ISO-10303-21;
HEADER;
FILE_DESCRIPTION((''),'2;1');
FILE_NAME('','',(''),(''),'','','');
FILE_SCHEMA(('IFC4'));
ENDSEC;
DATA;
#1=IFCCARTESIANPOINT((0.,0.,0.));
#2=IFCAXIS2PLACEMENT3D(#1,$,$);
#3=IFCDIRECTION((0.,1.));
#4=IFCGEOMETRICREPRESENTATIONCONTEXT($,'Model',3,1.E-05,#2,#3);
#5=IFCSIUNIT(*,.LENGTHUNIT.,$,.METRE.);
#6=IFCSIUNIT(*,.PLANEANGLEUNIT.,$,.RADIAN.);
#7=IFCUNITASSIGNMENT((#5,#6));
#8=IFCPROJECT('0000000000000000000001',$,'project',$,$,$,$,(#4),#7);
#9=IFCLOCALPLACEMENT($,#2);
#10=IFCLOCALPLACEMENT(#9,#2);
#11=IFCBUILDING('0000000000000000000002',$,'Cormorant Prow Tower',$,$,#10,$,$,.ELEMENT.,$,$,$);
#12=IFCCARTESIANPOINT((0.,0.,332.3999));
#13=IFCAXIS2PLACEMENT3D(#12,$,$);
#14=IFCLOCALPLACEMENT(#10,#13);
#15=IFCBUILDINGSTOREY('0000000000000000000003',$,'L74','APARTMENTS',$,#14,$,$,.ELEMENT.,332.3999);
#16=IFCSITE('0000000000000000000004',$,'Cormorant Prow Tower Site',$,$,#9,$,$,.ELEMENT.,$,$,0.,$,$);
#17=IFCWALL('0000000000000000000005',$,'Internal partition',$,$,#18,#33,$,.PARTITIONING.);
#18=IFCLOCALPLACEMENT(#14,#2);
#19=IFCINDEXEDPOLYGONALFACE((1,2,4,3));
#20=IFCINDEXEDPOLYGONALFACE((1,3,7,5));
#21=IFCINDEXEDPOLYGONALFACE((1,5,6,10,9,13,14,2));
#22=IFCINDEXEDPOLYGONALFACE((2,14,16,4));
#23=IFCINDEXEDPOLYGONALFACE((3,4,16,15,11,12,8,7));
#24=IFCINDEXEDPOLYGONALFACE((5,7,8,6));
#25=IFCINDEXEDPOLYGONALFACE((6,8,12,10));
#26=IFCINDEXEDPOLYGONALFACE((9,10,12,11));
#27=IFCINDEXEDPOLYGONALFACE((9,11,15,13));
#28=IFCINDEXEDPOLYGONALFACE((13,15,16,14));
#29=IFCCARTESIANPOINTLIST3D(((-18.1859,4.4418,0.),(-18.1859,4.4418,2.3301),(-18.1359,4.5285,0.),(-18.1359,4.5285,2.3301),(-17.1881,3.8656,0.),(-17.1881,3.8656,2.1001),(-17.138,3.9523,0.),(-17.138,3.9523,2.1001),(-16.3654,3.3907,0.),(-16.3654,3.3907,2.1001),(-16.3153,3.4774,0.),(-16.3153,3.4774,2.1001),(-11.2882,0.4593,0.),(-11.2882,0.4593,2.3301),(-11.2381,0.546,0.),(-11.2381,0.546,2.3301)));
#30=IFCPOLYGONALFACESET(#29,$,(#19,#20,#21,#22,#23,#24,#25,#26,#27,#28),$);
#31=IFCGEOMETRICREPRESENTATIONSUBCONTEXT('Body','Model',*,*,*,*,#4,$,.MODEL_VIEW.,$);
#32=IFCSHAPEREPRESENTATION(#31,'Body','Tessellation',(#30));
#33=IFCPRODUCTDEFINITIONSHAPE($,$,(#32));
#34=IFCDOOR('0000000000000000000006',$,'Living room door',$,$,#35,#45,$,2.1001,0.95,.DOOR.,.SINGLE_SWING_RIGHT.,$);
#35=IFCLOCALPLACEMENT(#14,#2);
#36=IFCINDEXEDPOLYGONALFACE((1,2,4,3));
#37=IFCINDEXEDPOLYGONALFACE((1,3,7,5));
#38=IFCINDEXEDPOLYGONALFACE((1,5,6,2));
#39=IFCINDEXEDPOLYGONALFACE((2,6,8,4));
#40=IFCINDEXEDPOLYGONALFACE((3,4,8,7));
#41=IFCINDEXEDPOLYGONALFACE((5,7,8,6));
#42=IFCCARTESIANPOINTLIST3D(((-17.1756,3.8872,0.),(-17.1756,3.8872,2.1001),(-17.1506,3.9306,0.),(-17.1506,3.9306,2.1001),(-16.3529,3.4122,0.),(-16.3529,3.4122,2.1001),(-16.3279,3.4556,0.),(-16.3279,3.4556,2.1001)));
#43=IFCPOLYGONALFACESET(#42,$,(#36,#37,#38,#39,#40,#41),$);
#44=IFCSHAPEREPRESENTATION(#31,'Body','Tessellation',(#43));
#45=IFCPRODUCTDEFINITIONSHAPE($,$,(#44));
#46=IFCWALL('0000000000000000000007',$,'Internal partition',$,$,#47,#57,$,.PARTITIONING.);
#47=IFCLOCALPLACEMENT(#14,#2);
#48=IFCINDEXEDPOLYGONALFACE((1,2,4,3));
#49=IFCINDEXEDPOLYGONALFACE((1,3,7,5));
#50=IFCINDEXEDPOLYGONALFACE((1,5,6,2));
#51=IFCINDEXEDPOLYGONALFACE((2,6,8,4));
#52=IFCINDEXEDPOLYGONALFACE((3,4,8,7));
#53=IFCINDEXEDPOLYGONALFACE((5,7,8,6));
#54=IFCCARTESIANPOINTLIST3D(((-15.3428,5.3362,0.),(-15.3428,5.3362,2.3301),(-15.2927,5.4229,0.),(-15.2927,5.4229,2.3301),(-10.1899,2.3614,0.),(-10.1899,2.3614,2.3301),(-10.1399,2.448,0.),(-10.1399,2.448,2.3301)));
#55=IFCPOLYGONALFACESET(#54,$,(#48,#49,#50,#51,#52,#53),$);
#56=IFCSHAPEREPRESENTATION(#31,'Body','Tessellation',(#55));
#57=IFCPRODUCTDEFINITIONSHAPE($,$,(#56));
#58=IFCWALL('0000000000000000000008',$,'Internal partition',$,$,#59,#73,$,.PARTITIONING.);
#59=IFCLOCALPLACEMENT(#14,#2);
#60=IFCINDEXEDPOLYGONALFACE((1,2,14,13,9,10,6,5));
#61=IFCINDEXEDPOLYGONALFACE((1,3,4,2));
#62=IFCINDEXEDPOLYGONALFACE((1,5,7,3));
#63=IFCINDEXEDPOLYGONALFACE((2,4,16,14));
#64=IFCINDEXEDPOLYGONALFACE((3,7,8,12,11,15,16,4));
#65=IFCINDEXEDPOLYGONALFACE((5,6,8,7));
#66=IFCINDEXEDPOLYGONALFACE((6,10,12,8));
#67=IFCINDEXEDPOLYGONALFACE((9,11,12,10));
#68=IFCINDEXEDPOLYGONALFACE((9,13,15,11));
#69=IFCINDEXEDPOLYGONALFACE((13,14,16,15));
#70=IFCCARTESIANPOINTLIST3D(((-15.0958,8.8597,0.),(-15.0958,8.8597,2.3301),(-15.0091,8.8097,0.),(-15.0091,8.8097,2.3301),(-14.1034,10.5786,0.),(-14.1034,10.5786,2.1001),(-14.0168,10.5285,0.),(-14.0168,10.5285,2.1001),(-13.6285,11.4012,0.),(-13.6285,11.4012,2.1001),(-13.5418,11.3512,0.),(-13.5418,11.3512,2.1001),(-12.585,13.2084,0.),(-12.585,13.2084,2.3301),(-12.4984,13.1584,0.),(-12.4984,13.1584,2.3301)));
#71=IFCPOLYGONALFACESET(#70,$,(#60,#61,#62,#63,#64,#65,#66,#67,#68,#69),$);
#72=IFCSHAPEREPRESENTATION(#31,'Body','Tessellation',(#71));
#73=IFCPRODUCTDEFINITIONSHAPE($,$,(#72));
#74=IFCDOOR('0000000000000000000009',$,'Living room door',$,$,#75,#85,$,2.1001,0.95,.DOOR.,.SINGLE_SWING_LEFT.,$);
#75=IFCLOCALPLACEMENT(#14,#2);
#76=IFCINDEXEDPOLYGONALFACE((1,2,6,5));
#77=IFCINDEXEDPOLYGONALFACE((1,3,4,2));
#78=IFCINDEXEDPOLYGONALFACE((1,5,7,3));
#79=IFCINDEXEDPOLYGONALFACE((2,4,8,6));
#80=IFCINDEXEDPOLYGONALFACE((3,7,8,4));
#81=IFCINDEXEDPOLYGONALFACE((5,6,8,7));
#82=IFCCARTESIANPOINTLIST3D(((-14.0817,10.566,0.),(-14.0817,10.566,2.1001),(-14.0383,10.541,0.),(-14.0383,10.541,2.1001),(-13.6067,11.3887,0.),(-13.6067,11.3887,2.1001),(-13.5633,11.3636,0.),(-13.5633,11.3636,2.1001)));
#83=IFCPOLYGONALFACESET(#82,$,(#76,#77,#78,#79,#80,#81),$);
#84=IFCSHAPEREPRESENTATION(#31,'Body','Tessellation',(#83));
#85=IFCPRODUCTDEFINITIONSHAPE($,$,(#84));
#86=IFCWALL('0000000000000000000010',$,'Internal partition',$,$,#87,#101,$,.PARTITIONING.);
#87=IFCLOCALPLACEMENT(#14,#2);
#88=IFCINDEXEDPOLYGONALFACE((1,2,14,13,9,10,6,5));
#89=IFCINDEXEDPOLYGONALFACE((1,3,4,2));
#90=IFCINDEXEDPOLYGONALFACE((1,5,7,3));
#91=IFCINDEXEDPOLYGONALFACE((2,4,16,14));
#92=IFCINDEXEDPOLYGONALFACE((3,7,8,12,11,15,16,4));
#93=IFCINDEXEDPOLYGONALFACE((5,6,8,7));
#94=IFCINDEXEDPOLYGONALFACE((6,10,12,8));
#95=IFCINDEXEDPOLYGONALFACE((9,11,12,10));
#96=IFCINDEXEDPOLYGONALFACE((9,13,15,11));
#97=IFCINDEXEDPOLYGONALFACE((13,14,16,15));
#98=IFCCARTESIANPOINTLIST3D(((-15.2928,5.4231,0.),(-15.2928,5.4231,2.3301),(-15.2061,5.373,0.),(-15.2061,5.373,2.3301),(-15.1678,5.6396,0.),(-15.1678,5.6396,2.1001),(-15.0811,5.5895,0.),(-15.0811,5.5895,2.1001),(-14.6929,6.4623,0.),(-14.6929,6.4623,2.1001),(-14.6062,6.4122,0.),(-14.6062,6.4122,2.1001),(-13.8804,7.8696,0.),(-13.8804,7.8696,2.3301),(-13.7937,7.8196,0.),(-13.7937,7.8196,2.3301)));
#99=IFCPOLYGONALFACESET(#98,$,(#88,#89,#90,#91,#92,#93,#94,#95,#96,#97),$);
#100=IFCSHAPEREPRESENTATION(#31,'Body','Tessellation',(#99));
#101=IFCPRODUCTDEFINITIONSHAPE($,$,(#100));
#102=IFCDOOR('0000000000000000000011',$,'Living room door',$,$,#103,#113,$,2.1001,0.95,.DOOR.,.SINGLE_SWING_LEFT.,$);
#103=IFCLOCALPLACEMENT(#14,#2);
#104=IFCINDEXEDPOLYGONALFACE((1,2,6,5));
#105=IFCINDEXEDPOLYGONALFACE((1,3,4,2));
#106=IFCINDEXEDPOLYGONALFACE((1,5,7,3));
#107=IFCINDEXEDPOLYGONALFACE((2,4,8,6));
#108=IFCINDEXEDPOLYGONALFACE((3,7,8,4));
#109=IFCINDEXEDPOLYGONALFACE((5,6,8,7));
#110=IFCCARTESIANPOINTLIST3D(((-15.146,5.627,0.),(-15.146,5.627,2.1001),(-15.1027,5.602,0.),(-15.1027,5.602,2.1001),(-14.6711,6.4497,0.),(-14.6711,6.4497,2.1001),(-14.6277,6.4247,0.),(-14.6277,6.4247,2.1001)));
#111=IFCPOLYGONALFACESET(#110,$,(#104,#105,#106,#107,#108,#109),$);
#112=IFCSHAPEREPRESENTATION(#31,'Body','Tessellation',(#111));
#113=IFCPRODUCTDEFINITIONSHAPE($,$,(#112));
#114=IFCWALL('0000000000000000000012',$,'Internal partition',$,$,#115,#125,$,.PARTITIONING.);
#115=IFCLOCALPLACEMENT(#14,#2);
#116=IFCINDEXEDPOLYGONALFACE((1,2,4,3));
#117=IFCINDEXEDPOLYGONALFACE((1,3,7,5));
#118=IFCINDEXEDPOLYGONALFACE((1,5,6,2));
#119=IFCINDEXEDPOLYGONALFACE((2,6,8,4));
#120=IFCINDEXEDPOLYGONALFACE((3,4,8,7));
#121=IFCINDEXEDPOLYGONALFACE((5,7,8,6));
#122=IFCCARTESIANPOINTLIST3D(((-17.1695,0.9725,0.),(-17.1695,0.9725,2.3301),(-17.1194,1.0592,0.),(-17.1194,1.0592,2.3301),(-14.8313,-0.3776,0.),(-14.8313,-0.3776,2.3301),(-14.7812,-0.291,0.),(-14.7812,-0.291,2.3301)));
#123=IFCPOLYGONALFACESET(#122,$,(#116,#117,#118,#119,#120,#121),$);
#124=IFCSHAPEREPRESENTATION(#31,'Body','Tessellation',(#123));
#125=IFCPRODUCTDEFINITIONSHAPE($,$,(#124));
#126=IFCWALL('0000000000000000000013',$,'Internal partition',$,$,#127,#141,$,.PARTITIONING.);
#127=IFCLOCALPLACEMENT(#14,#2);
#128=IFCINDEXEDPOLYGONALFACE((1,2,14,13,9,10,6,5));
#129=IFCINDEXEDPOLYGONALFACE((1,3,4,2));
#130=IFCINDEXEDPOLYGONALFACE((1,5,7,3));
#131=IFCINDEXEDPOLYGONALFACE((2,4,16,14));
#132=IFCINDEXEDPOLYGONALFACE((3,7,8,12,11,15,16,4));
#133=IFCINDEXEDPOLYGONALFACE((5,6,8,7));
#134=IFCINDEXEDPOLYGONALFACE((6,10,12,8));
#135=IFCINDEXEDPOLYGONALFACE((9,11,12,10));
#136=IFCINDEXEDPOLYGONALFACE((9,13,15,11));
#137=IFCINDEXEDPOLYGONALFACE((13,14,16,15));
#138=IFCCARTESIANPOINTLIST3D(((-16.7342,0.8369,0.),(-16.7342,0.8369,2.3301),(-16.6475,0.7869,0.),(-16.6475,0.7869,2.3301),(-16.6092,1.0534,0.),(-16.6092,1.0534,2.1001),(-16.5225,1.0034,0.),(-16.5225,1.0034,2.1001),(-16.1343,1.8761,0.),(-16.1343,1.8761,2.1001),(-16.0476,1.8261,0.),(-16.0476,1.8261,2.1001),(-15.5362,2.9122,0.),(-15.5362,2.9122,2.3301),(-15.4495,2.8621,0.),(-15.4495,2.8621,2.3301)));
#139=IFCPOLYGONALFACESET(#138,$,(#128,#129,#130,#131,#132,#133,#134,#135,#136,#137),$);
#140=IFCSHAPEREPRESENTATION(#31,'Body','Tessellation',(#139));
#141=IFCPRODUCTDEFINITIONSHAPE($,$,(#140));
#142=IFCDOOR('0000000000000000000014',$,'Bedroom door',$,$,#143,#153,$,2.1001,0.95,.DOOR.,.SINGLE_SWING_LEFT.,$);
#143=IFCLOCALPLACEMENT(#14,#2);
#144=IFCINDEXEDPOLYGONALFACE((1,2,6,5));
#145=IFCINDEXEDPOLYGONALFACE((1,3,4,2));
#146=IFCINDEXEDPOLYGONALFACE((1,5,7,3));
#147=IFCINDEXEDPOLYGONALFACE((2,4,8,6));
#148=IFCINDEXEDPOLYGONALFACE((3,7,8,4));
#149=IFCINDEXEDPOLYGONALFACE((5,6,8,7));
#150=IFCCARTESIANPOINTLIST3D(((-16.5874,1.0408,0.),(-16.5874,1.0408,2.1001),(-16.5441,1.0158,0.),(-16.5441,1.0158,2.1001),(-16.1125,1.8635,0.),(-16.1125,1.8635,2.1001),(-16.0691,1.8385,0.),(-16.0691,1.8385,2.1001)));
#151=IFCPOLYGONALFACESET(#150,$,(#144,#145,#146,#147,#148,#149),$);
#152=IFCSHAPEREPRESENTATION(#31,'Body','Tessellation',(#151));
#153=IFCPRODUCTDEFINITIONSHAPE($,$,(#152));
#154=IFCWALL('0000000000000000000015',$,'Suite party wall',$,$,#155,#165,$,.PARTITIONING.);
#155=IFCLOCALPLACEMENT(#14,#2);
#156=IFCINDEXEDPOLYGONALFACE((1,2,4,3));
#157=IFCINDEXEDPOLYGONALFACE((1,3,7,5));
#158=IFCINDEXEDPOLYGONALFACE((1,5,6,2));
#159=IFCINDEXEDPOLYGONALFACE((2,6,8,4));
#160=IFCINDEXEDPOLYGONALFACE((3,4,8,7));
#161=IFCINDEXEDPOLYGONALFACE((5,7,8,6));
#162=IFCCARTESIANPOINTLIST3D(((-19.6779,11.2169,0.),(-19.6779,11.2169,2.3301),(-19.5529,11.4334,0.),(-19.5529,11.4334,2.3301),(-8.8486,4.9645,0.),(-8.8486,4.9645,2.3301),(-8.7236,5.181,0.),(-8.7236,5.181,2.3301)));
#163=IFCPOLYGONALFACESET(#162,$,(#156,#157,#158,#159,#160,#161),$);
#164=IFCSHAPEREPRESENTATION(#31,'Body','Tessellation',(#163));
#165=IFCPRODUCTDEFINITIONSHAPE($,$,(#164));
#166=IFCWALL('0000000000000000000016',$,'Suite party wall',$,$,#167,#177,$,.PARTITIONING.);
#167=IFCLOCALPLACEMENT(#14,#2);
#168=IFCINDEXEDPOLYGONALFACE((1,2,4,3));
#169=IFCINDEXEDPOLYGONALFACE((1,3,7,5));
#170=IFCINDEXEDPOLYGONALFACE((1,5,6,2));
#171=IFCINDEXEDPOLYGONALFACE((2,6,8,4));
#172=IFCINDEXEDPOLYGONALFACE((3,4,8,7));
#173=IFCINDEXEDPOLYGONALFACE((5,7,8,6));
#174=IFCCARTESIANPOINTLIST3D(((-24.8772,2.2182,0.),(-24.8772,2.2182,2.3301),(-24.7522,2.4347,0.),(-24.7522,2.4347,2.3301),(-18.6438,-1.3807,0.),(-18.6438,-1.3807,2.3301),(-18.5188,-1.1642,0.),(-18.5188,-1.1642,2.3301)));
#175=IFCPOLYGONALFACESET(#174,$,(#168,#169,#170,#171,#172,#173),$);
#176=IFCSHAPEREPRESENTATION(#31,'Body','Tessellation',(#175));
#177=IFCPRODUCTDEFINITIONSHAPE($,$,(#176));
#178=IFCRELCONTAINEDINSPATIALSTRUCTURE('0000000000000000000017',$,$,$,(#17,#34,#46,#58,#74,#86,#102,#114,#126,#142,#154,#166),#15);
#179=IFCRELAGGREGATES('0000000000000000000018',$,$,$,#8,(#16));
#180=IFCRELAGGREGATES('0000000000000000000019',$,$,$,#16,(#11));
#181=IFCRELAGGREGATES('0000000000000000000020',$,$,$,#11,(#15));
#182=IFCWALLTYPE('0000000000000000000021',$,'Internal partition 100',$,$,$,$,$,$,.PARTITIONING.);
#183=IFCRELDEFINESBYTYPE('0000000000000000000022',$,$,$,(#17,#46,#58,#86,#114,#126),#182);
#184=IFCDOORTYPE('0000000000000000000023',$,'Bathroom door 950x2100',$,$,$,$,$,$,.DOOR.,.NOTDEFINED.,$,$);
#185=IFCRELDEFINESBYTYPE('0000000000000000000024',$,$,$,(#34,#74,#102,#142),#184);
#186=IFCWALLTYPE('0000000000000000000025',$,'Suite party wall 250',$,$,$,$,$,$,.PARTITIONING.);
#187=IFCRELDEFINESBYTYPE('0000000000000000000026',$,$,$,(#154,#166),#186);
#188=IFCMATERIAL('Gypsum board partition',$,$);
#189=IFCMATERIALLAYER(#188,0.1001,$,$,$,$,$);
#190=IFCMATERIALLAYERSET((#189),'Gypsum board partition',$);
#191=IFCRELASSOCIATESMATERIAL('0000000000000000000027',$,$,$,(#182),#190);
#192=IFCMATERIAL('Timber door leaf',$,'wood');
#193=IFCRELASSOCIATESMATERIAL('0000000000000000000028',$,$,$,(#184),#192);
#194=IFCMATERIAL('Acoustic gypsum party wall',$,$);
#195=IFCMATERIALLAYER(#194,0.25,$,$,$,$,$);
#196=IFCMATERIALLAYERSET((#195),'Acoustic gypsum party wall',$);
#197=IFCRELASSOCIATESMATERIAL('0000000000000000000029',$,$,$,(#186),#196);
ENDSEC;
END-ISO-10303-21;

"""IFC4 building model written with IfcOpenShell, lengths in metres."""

from ifc_helpers import new_model, si_unit, direction, frame, frame_2d, origin, place, context, subcontext, project, spatial, rectangle, extrude, material, layer, layer_set, type_object, element, fill, save


model = new_model("IFC4")

# Units and contexts
model_context = context("Model", 3, precision=1e-05, world=origin(), true_north=direction((0.0, 1.0)))
body_context = subcontext(model_context, "Body", "Model", "MODEL_VIEW")
ifc_project = project(units=[si_unit("LENGTHUNIT", "METRE"), si_unit("PLANEANGLEUNIT", "RADIAN")], contexts=[model_context])

# Site, building, storey
site_placement = place(None, origin())
site = spatial("IfcSite", under=ifc_project, at=site_placement, Name="Cormorant Prow Tower Site", CompositionType="ELEMENT", RefElevation=0.0)
building_placement = place(site_placement, origin())
building = spatial("IfcBuilding", under=site, at=building_placement, Name="Cormorant Prow Tower", CompositionType="ELEMENT")
storey_placement = place(building_placement, frame((0.0, 0.0, 332.3999)))
storey = spatial("IfcBuildingStorey", under=building, at=storey_placement, Name="L74", Description="APARTMENTS", CompositionType="ELEMENT", Elevation=332.3999)

# Wall, opening, door
ifc_material_1 = material(Name="Gypsum board partition")
ifc_layer_1 = layer(ifc_material_1, 0.1001)
ifc_layer_set_1 = layer_set([ifc_layer_1], Name="Gypsum board partition")
wall_type_1 = type_object("IfcWallType", Name="Internal partition 100", PredefinedType="PARTITIONING", material=ifc_layer_set_1)
wall_1_placement = place(storey_placement, frame((-18.1609, 4.4851, 0.0), z_axis=(0.0, 0.0, 1.0), x_axis=(0.866024, -0.500003, 0.0)))
wall_1 = element("IfcWall", 1, at=wall_1_placement, inside=storey, type_object=wall_type_1, Name="Internal partition", PredefinedType="PARTITIONING", context=body_context, shape_type="SweptSolid", body=[
    extrude(rectangle(XDim=7.9648, YDim=0.1001, at=frame_2d((3.9824, 0.0))), origin(), (0.0, 0.0, 1.0), 2.3301),
])
opening_1_placement = place(wall_1_placement, frame((1.1521, 0.0, 0.0)))
opening_1 = element("IfcOpeningElement", 2, at=opening_1_placement, cuts=wall_1, PredefinedType="OPENING", context=body_context, shape_type="SweptSolid", body=[
    extrude(rectangle(XDim=0.95, YDim=2.1001, at=frame_2d((0.4751, 1.05))), frame((0.0, 0.0601, 0.0), z_axis=(0.0, -1.0, 0.0), x_axis=(1.0, 0.0, 0.0)), (0.0, 0.0, 1.0), 0.1201),
])
ifc_material_2 = material(Name="Timber door leaf", Category="wood")
door_type_1 = type_object("IfcDoorType", Name="Bathroom door 950x2100", OperationType="NOTDEFINED", PredefinedType="DOOR", material=ifc_material_2)
door_1_placement = place(opening_1_placement, origin())
door_1 = element("IfcDoor", 3, at=door_1_placement, inside=storey, type_object=door_type_1, Name="Living room door", OperationType="SINGLE_SWING_RIGHT", OverallHeight=2.1001, OverallWidth=0.95, PredefinedType="DOOR", context=body_context, shape_type="SweptSolid", body=[
    extrude(rectangle(XDim=0.95, YDim=2.1001, at=frame_2d((0.4751, 1.05))), frame((0.0, 0.0249, 0.0), z_axis=(0.0, -1.0, 0.0), x_axis=(1.0, 0.0, 0.0)), (0.0, 0.0, 1.0), 0.05),
])
fill(opening_1, door_1)

# Wall
wall_2_placement = place(storey_placement, frame((-15.3179, 5.3796, 0.0), z_axis=(0.0, 0.0, 1.0), x_axis=(0.866035, -0.499983, 0.0)))
element("IfcWall", 4, at=wall_2_placement, inside=storey, type_object=wall_type_1, Name="Internal partition", PredefinedType="PARTITIONING", context=body_context, shape_type="SweptSolid", body=[
    extrude(rectangle(XDim=5.95, YDim=0.1001, at=frame_2d((2.9751, 0.0))), origin(), (0.0, 0.0, 1.0), 2.3301),
])

# Walls, openings, doors
wall_3_placement = place(storey_placement, frame((-15.0525, 8.8347, 0.0), z_axis=(0.0, 0.0, 1.0), x_axis=(0.500009, 0.86602, 0.0)))
wall_3 = element("IfcWall", 5, at=wall_3_placement, inside=storey, type_object=wall_type_1, Name="Internal partition", PredefinedType="PARTITIONING", context=body_context, shape_type="SweptSolid", body=[
    extrude(rectangle(XDim=5.0215, YDim=0.1001, at=frame_2d((2.5107, 0.0))), origin(), (0.0, 0.0, 1.0), 2.3301),
])
opening_2_placement = place(wall_3_placement, frame((1.9846, 0.0, 0.0)))
opening_2 = element("IfcOpeningElement", 6, at=opening_2_placement, cuts=wall_3, PredefinedType="OPENING", context=body_context, shape_type="SweptSolid", body=[
    extrude(rectangle(XDim=0.95, YDim=2.1001, at=frame_2d((0.4751, 1.05))), frame((0.0, 0.0601, 0.0), z_axis=(0.0, -1.0, 0.0), x_axis=(1.0, 0.0, 0.0)), (0.0, 0.0, 1.0), 0.1201),
])
door_2_placement = place(opening_2_placement, origin())
door_2 = element("IfcDoor", 7, at=door_2_placement, inside=storey, type_object=door_type_1, Name="Living room door", OperationType="SINGLE_SWING_LEFT", OverallHeight=2.1001, OverallWidth=0.95, PredefinedType="DOOR", context=body_context, shape_type="SweptSolid", body=[
    extrude(rectangle(XDim=0.95, YDim=2.1001, at=frame_2d((0.4751, 1.05))), frame((0.0, 0.0249, 0.0), z_axis=(0.0, -1.0, 0.0), x_axis=(1.0, 0.0, 0.0)), (0.0, 0.0, 1.0), 0.05),
])
fill(opening_2, door_2)
wall_4_placement = place(storey_placement, frame((-15.2495, 5.3979, 0.0), z_axis=(0.0, 0.0, 1.0), x_axis=(0.499959, 0.866049, 0.0)))
wall_4 = element("IfcWall", 8, at=wall_4_placement, inside=storey, type_object=wall_type_1, Name="Internal partition", PredefinedType="PARTITIONING", context=body_context, shape_type="SweptSolid", body=[
    extrude(rectangle(XDim=2.825, YDim=0.1001, at=frame_2d((1.4126, 0.0))), origin(), (0.0, 0.0, 1.0), 2.3301),
])
opening_3_placement = place(wall_4_placement, frame((0.25, 0.0, 0.0)))
opening_3 = element("IfcOpeningElement", 9, at=opening_3_placement, cuts=wall_4, PredefinedType="OPENING", context=body_context, shape_type="SweptSolid", body=[
    extrude(rectangle(XDim=0.95, YDim=2.1001, at=frame_2d((0.4751, 1.05))), frame((0.0, 0.0601, 0.0), z_axis=(0.0, -1.0, 0.0), x_axis=(1.0, 0.0, 0.0)), (0.0, 0.0, 1.0), 0.1201),
])
door_3_placement = place(opening_3_placement, origin())
door_3 = element("IfcDoor", 10, at=door_3_placement, inside=storey, type_object=door_type_1, Name="Living room door", OperationType="SINGLE_SWING_LEFT", OverallHeight=2.1001, OverallWidth=0.95, PredefinedType="DOOR", context=body_context, shape_type="SweptSolid", body=[
    extrude(rectangle(XDim=0.95, YDim=2.1001, at=frame_2d((0.4751, 1.05))), frame((0.0, 0.0249, 0.0), z_axis=(0.0, -1.0, 0.0), x_axis=(1.0, 0.0, 0.0)), (0.0, 0.0, 1.0), 0.05),
])
fill(opening_3, door_3)

# Wall
wall_5_placement = place(storey_placement, frame((-17.1445, 1.0159, 0.0), z_axis=(0.0, 0.0, 1.0), x_axis=(0.865997, -0.500049, 0.0)))
element("IfcWall", 11, at=wall_5_placement, inside=storey, type_object=wall_type_1, Name="Internal partition", PredefinedType="PARTITIONING", context=body_context, shape_type="SweptSolid", body=[
    extrude(rectangle(XDim=2.7, YDim=0.1001, at=frame_2d((1.3501, 0.0))), origin(), (0.0, 0.0, 1.0), 2.3301),
])

# Wall, opening, door
wall_6_placement = place(storey_placement, frame((-16.6909, 0.8118, 0.0), z_axis=(0.0, 0.0, 1.0), x_axis=(0.499964, 0.866046, 0.0)))
wall_6 = element("IfcWall", 12, at=wall_6_placement, inside=storey, type_object=wall_type_1, Name="Internal partition", PredefinedType="PARTITIONING", context=body_context, shape_type="SweptSolid", body=[
    extrude(rectangle(XDim=2.3962, YDim=0.1001, at=frame_2d((1.1982, 0.0))), origin(), (0.0, 0.0, 1.0), 2.3301),
])
opening_4_placement = place(wall_6_placement, frame((0.25, 0.0, 0.0)))
opening_4 = element("IfcOpeningElement", 13, at=opening_4_placement, cuts=wall_6, PredefinedType="OPENING", context=body_context, shape_type="SweptSolid", body=[
    extrude(rectangle(XDim=0.95, YDim=2.1001, at=frame_2d((0.4751, 1.05))), frame((0.0, 0.0601, 0.0), z_axis=(0.0, -1.0, 0.0), x_axis=(1.0, 0.0, 0.0)), (0.0, 0.0, 1.0), 0.1201),
])
door_4_placement = place(opening_4_placement, origin())
door_4 = element("IfcDoor", 14, at=door_4_placement, inside=storey, type_object=door_type_1, Name="Bedroom door", OperationType="SINGLE_SWING_LEFT", OverallHeight=2.1001, OverallWidth=0.95, PredefinedType="DOOR", context=body_context, shape_type="SweptSolid", body=[
    extrude(rectangle(XDim=0.95, YDim=2.1001, at=frame_2d((0.4751, 1.05))), frame((0.0, 0.0249, 0.0), z_axis=(0.0, -1.0, 0.0), x_axis=(1.0, 0.0, 0.0)), (0.0, 0.0, 1.0), 0.05),
])
fill(opening_4, door_4)

# Walls
ifc_material_3 = material(Name="Acoustic gypsum party wall")
ifc_layer_2 = layer(ifc_material_3, 0.25)
ifc_layer_set_2 = layer_set([ifc_layer_2], Name="Acoustic gypsum party wall")
wall_type_2 = type_object("IfcWallType", Name="Suite party wall 250", PredefinedType="PARTITIONING", material=ifc_layer_set_2)
wall_7_placement = place(storey_placement, frame((-19.6155, 11.3252, 0.0), z_axis=(0.0, 0.0, 1.0), x_axis=(0.866021, -0.500007, 0.0)))
element("IfcWall", 15, at=wall_7_placement, inside=storey, type_object=wall_type_2, Name="Suite party wall", PredefinedType="PARTITIONING", context=body_context, shape_type="SweptSolid", body=[
    extrude(rectangle(XDim=12.5046, YDim=0.25, at=frame_2d((6.2524, 0.0))), origin(), (0.0, 0.0, 1.0), 2.3301),
])
wall_8_placement = place(storey_placement, frame((-24.8147, 2.3264, 0.0), z_axis=(0.0, 0.0, 1.0), x_axis=(0.866024, -0.500002, 0.0)))
element("IfcWall", 16, at=wall_8_placement, inside=storey, type_object=wall_type_2, Name="Suite party wall", PredefinedType="PARTITIONING", context=body_context, shape_type="SweptSolid", body=[
    extrude(rectangle(XDim=7.1978, YDim=0.25, at=frame_2d((3.5989, 0.0))), origin(), (0.0, 0.0, 1.0), 2.3301),
])

save(model, "model.ifc")
